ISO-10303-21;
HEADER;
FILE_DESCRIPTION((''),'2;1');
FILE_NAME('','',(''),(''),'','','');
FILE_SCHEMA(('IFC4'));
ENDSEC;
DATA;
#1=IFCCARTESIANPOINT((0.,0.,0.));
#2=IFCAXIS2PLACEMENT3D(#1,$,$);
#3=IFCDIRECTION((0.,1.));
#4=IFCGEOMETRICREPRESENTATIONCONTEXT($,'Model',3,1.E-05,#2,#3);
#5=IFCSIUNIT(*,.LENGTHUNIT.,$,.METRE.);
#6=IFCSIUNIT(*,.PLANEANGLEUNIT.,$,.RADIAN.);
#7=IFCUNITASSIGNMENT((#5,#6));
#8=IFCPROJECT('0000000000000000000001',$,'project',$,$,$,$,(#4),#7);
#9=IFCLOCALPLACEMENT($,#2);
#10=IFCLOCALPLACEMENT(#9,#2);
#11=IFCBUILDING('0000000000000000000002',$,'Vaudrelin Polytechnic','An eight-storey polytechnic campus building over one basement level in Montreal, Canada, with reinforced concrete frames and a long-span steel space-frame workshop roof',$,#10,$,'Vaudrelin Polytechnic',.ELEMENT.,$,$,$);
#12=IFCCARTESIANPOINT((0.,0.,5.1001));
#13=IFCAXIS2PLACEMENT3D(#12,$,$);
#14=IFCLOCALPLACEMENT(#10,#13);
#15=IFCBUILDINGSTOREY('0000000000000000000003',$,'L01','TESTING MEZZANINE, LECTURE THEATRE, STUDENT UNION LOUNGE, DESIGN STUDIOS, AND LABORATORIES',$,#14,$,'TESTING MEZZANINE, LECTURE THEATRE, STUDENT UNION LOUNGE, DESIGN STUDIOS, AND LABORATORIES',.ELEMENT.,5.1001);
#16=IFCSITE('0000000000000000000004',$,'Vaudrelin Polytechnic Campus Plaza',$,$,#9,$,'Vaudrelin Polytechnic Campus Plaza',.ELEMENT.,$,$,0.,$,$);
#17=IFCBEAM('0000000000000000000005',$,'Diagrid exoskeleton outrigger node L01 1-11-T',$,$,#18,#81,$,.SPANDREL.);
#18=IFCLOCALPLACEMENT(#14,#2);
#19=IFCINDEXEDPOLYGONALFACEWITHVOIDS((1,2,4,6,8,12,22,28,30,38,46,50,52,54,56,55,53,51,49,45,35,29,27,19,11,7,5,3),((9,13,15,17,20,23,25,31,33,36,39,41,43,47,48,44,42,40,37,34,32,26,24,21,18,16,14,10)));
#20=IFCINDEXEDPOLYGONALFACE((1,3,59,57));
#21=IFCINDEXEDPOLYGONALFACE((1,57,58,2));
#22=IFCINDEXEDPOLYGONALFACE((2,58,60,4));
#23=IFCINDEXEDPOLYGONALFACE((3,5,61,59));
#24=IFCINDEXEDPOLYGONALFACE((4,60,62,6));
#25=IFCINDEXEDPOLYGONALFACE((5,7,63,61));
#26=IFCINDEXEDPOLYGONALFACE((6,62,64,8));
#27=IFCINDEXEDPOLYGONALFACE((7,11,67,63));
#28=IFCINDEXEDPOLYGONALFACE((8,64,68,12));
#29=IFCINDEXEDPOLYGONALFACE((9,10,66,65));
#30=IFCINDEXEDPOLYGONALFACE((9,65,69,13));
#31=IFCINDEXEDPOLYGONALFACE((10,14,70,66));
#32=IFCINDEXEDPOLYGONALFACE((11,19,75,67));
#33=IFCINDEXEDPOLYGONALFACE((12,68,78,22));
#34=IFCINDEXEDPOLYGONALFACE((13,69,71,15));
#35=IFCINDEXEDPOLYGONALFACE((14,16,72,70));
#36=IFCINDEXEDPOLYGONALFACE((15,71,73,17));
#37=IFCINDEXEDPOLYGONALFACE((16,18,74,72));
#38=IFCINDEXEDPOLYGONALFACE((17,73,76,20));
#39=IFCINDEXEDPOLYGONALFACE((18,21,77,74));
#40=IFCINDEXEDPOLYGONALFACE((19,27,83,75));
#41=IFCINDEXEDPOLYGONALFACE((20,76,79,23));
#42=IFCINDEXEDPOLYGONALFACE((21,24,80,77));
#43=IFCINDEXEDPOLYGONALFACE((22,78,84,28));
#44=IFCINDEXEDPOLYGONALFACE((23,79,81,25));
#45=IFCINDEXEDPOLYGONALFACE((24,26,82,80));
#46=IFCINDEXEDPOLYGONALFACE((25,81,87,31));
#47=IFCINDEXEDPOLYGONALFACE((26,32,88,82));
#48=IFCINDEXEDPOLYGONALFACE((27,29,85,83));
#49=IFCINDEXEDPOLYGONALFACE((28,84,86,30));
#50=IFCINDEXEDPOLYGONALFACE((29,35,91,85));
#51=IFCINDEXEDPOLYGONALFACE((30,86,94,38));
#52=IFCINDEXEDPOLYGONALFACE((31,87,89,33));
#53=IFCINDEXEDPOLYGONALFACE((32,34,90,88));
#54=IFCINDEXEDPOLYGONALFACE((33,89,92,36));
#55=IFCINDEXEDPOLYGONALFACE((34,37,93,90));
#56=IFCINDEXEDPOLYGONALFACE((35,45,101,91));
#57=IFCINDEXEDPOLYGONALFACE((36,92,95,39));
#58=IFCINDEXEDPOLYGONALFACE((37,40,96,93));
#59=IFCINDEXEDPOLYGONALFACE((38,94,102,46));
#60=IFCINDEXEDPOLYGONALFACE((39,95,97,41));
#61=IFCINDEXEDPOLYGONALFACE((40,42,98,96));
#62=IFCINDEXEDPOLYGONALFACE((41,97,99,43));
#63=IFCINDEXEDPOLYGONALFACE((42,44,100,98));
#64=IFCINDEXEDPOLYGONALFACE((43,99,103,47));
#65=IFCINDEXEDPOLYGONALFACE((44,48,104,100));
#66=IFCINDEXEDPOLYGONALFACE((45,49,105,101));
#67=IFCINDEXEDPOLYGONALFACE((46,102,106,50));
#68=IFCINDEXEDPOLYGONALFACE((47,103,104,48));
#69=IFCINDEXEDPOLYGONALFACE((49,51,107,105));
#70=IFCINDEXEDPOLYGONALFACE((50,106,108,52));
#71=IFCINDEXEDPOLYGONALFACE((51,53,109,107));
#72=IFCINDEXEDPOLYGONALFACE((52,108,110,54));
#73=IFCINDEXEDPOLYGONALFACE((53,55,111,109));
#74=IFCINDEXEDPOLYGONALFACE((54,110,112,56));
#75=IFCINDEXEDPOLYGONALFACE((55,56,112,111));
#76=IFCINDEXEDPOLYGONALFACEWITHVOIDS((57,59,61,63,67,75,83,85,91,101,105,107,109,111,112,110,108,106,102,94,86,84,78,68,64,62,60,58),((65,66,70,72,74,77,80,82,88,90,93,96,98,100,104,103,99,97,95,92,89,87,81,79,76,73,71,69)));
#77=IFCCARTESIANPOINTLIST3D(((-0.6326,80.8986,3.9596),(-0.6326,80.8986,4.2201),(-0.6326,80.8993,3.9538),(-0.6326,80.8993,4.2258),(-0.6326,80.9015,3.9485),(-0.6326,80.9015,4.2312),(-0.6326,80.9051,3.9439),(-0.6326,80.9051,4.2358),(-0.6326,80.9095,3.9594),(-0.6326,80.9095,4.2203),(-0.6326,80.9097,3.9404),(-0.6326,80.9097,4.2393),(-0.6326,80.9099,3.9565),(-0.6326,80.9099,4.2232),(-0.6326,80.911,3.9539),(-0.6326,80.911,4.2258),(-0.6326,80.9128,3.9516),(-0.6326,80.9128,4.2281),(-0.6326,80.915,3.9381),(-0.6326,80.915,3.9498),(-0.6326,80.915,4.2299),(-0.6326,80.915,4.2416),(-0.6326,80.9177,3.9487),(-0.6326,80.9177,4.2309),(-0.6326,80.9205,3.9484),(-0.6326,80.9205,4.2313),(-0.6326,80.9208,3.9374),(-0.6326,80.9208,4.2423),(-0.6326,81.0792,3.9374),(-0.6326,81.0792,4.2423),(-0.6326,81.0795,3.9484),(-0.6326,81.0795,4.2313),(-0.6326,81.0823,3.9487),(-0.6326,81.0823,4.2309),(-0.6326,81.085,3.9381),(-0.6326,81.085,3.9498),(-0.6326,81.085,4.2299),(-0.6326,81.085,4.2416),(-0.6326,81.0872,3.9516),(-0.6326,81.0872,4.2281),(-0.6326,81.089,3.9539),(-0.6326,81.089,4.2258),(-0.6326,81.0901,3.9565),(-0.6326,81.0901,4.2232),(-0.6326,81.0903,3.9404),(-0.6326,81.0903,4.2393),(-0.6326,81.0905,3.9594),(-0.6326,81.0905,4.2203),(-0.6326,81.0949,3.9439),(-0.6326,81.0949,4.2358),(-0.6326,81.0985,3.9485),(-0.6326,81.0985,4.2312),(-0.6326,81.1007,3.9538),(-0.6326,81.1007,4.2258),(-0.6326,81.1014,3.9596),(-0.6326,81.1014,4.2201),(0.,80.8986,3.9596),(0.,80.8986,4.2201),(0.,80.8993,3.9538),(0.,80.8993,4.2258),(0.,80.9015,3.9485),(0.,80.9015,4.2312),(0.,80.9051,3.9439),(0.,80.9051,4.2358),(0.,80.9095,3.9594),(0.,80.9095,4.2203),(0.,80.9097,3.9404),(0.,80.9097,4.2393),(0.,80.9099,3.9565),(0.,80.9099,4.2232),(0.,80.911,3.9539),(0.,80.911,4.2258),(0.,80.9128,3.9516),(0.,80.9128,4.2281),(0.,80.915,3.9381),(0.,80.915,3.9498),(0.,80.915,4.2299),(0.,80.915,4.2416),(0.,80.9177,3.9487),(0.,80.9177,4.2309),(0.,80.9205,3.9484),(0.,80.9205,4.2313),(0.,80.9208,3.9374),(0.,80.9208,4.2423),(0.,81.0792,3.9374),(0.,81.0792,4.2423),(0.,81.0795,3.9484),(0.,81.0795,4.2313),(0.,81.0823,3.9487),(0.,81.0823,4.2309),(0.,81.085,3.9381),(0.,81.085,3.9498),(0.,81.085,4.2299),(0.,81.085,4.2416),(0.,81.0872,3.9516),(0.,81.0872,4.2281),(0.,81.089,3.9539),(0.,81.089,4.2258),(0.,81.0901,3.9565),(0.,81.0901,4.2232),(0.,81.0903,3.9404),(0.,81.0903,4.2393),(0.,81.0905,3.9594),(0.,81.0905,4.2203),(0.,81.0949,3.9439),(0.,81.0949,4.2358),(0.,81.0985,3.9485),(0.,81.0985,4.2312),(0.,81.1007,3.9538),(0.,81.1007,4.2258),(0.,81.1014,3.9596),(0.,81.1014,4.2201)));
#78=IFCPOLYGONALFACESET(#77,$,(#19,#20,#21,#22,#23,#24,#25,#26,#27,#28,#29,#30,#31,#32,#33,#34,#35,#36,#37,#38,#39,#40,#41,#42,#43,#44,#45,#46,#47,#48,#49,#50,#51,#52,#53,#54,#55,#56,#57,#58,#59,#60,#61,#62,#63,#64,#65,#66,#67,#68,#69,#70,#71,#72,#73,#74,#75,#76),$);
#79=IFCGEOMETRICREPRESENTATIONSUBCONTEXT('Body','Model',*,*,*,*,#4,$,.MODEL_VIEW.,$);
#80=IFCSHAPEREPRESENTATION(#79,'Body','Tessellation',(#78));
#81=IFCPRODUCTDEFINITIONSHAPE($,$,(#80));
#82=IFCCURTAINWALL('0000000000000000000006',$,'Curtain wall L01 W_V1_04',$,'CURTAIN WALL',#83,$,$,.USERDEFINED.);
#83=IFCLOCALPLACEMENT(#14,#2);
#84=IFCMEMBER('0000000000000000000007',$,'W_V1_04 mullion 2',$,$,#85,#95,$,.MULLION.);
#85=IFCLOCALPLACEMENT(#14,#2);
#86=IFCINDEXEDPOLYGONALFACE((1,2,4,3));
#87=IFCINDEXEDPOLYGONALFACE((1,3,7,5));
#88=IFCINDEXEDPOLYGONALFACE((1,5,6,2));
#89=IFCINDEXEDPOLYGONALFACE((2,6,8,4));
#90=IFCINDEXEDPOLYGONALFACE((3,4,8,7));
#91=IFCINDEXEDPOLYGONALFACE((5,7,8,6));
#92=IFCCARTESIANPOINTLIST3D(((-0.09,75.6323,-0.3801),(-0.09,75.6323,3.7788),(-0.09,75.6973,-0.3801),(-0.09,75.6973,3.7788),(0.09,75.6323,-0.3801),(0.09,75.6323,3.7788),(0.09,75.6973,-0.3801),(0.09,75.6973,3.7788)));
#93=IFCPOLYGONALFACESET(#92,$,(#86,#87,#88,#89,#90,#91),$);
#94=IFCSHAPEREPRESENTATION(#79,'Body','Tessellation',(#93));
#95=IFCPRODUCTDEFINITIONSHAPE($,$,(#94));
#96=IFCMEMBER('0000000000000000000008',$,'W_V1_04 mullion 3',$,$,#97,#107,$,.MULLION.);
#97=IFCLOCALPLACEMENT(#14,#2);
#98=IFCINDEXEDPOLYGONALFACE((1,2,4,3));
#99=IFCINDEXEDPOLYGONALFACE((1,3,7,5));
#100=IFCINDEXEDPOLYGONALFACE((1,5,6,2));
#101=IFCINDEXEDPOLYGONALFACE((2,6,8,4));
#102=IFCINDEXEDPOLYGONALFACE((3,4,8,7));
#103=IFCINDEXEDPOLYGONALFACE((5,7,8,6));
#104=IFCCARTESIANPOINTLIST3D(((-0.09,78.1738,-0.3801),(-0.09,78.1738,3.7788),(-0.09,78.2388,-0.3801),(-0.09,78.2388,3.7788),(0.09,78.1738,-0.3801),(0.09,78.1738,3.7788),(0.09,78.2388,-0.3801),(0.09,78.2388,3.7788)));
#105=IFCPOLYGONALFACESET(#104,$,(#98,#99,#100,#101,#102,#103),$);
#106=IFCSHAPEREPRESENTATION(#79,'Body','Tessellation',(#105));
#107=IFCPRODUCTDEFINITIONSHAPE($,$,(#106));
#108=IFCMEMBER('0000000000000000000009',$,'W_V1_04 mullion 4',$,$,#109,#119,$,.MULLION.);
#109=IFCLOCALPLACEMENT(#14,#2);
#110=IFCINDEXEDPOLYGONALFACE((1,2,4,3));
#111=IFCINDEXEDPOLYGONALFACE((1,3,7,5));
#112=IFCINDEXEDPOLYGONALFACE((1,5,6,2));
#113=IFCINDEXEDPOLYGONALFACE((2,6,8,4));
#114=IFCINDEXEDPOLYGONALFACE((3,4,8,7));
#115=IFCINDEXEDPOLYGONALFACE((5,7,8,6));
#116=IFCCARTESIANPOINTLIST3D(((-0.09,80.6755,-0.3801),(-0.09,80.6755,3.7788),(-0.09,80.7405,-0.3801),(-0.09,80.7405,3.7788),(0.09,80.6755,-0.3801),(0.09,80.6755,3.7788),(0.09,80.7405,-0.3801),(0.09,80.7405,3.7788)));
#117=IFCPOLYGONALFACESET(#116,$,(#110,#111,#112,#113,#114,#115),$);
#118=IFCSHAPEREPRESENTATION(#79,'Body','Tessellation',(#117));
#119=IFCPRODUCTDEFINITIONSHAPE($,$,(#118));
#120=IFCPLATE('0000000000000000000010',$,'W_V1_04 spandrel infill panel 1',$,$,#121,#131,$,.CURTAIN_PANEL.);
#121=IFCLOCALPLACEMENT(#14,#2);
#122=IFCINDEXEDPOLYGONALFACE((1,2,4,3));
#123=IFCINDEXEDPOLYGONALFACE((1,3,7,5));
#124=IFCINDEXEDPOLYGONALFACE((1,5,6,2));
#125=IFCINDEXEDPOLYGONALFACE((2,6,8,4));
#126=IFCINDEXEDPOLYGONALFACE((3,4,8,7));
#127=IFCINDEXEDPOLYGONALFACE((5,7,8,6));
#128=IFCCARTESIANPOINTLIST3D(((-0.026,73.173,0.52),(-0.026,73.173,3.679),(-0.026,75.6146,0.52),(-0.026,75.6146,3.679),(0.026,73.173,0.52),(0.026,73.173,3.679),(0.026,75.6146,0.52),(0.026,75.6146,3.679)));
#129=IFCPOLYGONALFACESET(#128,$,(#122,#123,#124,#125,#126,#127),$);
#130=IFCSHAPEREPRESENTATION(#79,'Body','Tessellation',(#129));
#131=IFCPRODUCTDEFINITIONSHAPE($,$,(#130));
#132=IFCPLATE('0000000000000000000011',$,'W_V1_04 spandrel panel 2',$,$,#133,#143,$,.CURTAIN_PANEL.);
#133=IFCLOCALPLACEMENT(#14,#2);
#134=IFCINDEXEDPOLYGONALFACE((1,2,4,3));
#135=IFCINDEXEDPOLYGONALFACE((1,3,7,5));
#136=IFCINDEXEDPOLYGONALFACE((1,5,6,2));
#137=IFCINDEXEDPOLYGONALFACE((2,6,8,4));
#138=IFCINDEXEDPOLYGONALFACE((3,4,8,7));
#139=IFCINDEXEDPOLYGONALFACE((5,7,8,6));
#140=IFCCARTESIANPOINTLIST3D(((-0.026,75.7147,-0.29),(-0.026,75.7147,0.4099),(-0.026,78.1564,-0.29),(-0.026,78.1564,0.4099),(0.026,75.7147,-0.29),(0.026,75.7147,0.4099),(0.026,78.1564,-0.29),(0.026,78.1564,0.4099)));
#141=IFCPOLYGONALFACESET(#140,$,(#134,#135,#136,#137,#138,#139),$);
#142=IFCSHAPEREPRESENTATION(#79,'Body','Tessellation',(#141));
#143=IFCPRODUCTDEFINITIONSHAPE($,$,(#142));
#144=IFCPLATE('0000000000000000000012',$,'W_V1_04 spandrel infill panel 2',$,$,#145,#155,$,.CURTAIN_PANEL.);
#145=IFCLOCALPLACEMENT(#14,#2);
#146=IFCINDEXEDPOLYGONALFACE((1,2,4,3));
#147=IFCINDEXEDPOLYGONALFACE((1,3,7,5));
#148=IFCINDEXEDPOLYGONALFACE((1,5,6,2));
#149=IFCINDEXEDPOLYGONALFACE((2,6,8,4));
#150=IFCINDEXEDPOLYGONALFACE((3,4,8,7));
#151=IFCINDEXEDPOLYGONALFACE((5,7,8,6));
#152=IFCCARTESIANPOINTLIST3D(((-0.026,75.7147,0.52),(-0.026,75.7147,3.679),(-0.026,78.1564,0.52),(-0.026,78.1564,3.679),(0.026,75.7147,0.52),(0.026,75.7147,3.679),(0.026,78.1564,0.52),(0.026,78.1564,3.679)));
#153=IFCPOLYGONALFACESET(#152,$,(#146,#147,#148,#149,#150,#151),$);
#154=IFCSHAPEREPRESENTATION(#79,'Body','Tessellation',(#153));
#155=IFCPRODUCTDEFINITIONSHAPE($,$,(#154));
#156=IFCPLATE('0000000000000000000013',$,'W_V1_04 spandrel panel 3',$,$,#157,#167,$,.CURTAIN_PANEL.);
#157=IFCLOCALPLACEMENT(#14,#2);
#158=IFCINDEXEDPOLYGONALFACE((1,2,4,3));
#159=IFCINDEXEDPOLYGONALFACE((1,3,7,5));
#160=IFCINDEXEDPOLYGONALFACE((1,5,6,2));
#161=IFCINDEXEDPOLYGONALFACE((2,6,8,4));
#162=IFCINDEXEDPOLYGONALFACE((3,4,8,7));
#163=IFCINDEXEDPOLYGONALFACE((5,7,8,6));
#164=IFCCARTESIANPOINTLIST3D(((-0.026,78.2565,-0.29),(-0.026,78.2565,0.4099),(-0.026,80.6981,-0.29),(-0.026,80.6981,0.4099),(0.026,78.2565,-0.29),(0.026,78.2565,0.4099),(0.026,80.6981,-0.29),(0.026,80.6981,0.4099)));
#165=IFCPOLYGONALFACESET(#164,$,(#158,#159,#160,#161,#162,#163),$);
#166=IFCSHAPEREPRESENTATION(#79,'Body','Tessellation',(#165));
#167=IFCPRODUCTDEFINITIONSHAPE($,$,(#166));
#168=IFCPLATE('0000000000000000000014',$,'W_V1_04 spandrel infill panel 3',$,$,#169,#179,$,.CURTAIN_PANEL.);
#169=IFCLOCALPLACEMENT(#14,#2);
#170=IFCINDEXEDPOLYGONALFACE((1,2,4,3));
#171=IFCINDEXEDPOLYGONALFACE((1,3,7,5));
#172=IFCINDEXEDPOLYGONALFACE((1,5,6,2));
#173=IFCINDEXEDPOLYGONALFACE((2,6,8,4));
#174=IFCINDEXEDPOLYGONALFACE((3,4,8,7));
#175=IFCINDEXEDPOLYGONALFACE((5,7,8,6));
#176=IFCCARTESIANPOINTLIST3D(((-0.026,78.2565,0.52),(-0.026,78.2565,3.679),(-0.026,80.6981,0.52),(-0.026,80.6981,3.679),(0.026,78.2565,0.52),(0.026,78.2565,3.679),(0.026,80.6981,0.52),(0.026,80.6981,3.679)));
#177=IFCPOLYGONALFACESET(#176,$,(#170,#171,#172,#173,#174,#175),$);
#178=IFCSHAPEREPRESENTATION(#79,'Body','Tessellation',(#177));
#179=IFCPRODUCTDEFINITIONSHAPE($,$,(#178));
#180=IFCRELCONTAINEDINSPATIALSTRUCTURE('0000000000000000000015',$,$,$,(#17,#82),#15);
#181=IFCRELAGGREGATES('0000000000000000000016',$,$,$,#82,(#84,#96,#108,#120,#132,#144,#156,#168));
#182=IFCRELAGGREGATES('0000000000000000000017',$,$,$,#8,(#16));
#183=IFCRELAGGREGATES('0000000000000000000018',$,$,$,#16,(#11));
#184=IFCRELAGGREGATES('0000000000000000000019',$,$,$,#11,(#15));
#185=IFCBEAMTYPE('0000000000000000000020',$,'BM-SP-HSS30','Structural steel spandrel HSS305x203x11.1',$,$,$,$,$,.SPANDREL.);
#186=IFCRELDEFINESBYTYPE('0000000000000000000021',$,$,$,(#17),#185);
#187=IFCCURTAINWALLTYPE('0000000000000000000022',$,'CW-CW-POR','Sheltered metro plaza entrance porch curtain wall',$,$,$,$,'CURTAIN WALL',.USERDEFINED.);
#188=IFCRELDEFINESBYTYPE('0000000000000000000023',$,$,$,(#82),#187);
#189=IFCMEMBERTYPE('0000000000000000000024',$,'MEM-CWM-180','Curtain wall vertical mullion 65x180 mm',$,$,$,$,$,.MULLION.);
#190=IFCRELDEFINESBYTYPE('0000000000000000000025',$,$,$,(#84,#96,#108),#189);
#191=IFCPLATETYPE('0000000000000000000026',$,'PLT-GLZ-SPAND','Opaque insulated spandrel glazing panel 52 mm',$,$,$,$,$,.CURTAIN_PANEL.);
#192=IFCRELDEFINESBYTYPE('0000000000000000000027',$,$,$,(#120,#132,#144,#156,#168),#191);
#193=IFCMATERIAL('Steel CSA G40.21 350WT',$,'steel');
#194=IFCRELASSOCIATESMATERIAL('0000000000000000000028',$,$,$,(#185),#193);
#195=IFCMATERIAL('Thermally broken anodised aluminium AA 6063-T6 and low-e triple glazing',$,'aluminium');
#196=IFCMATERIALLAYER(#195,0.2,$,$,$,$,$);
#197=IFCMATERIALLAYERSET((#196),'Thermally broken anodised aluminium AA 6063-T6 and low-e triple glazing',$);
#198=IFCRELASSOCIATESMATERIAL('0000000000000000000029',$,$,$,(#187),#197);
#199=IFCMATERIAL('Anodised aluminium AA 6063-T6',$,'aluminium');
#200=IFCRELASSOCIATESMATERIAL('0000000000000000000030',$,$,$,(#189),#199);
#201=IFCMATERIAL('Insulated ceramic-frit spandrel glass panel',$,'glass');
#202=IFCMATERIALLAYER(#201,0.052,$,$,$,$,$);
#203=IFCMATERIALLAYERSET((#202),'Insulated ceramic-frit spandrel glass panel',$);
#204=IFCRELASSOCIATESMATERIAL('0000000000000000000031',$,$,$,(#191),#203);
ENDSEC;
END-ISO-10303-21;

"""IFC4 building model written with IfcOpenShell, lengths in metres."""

from ifc_helpers import new_model, si_unit, direction, frame, origin, origin_2d, place, context, subcontext, project, spatial, rectangle, hollow_rectangle, extrude, material, layer, layer_set, material_profile, profile_set, type_object, element, aggregate, save


model = new_model("IFC4")

# Units and contexts
model_context = context("Model", 3, precision=1e-05, world=origin(), true_north=direction((0.0, 1.0)))
body_context = subcontext(model_context, "Body", "Model", "MODEL_VIEW")
ifc_project = project(units=[si_unit("LENGTHUNIT", "METRE"), si_unit("PLANEANGLEUNIT", "RADIAN")], contexts=[model_context])

# Site, building, storey
site_placement = place(None, origin())
site = spatial("IfcSite", under=ifc_project, at=site_placement, Name="Vaudrelin Polytechnic Campus Plaza", LongName="Vaudrelin Polytechnic Campus Plaza", CompositionType="ELEMENT", RefElevation=0.0)
building_placement = place(site_placement, origin())
building = spatial("IfcBuilding", under=site, at=building_placement, Name="Vaudrelin Polytechnic", Description="An eight-storey polytechnic campus building over one basement level in Montreal, Canada, with reinforced concrete frames and a long-span steel space-frame workshop roof", LongName="Vaudrelin Polytechnic", CompositionType="ELEMENT")
storey_placement = place(building_placement, frame((0.0, 0.0, 5.1001)))
storey = spatial("IfcBuildingStorey", under=building, at=storey_placement, Name="L01", Description="TESTING MEZZANINE, LECTURE THEATRE, STUDENT UNION LOUNGE, DESIGN STUDIOS, AND LABORATORIES", LongName="TESTING MEZZANINE, LECTURE THEATRE, STUDENT UNION LOUNGE, DESIGN STUDIOS, AND LABORATORIES", CompositionType="ELEMENT", Elevation=5.1001)

# Shared definitions
ifc_material_1 = material(Name="Steel CSA G40.21 350WT", Category="steel")

# Beam
ifc_material_profile_1 = material_profile(ifc_material_1, hollow_rectangle(XDim=0.2029, YDim=0.3049, WallThickness=0.011, InnerFilletRadius=0.011, OuterFilletRadius=0.0222, at=origin_2d()), Name="HSS305x203x11.1")
ifc_profile_set_1 = profile_set([ifc_material_profile_1], Name="Steel CSA G40.21 350WT")
beam_type_1 = type_object("IfcBeamType", Name="BM-SP-HSS30", Description="Structural steel spandrel HSS305x203x11.1", PredefinedType="SPANDREL", material=ifc_profile_set_1)
beam_1_placement = place(storey_placement, frame((0.0, 81.0, 4.0898), z_axis=(-1.0, 0.0, 0.0), x_axis=(0.0, -1.0, 0.0)))
element("IfcBeam", 1, at=beam_1_placement, inside=storey, type_object=beam_type_1, Name="Diagrid exoskeleton outrigger node L01 1-11-T", PredefinedType="SPANDREL", context=body_context, shape_type="SweptSolid", body=[
    extrude(hollow_rectangle(XDim=0.2029, YDim=0.3049, WallThickness=0.011, InnerFilletRadius=0.011, OuterFilletRadius=0.0222, at=origin_2d()), origin(), (0.0, 0.0, 1.0), 0.6326),
])

# Curtain wall, members, plates
ifc_material_2 = material(Name="Thermally broken anodised aluminium AA 6063-T6 and low-e triple glazing", Category="aluminium")
ifc_layer_1 = layer(ifc_material_2, 0.2)
ifc_layer_set_1 = layer_set([ifc_layer_1], Name="Thermally broken anodised aluminium AA 6063-T6 and low-e triple glazing")
curtain_wall_type = type_object("IfcCurtainWallType", Name="CW-CW-POR", Description="Sheltered metro plaza entrance porch curtain wall", ElementType="CURTAIN WALL", PredefinedType="USERDEFINED", material=ifc_layer_set_1)
curtain_wall_placement = place(storey_placement, origin())
curtain_wall = element("IfcCurtainWall", 2, at=curtain_wall_placement, inside=storey, type_object=curtain_wall_type, Name="Curtain wall L01 W_V1_04", ObjectType="CURTAIN WALL", PredefinedType="USERDEFINED")
ifc_material_3 = material(Name="Anodised aluminium AA 6063-T6", Category="aluminium")
ifc_material_profile_2 = material_profile(ifc_material_3, rectangle(XDim=0.0649, YDim=0.1799, at=origin_2d()), Name="CWM-65x180")
ifc_profile_set_2 = profile_set([ifc_material_profile_2], Name="Anodised aluminium AA 6063-T6")
member_type = type_object("IfcMemberType", Name="MEM-CWM-180", Description="Curtain wall vertical mullion 65x180 mm", PredefinedType="MULLION", material=ifc_profile_set_2)
member_1_placement = place(storey_placement, frame((0.0, 75.6648, -0.3801), z_axis=(0.0, 0.0, 1.0), x_axis=(0.0, 1.0, 0.0)))
member_1 = element("IfcMember", 3, at=member_1_placement, type_object=member_type, Name="W_V1_04 mullion 2", PredefinedType="MULLION", context=body_context, shape_type="SweptSolid", body=[
    extrude(rectangle(XDim=0.0649, YDim=0.1799, at=origin_2d()), origin(), (0.0, 0.0, 1.0), 4.1589),
])
member_2_placement = place(storey_placement, frame((0.0, 78.2063, -0.3801), z_axis=(0.0, 0.0, 1.0), x_axis=(0.0, 1.0, 0.0)))
member_2 = element("IfcMember", 4, at=member_2_placement, type_object=member_type, Name="W_V1_04 mullion 3", PredefinedType="MULLION", context=body_context, shape_type="SweptSolid", body=[
    extrude(rectangle(XDim=0.0649, YDim=0.1799, at=origin_2d()), origin(), (0.0, 0.0, 1.0), 4.1589),
])
member_3_placement = place(storey_placement, frame((0.0, 80.708, -0.3801), z_axis=(0.0, 0.0, 1.0), x_axis=(0.0, 1.0, 0.0)))
member_3 = element("IfcMember", 5, at=member_3_placement, type_object=member_type, Name="W_V1_04 mullion 4", PredefinedType="MULLION", context=body_context, shape_type="SweptSolid", body=[
    extrude(rectangle(XDim=0.0649, YDim=0.1799, at=origin_2d()), origin(), (0.0, 0.0, 1.0), 4.1589),
])
ifc_material_4 = material(Name="Insulated ceramic-frit spandrel glass panel", Category="glass")
ifc_layer_2 = layer(ifc_material_4, 0.052)
ifc_layer_set_2 = layer_set([ifc_layer_2], Name="Insulated ceramic-frit spandrel glass panel")
plate_type = type_object("IfcPlateType", Name="PLT-GLZ-SPAND", Description="Opaque insulated spandrel glazing panel 52 mm", PredefinedType="CURTAIN_PANEL", material=ifc_layer_set_2)
plate_1_placement = place(storey_placement, frame((0.0, 74.3938, 0.52), z_axis=(0.0, 0.0, 1.0), x_axis=(0.0, 1.0, 0.0)))
plate_1 = element("IfcPlate", 6, at=plate_1_placement, type_object=plate_type, Name="W_V1_04 spandrel infill panel 1", PredefinedType="CURTAIN_PANEL", context=body_context, shape_type="SweptSolid", body=[
    extrude(rectangle(XDim=2.4417, YDim=0.052, at=origin_2d()), origin(), (0.0, 0.0, 1.0), 3.1589),
])
plate_2_placement = place(storey_placement, frame((0.0, 76.9355, -0.29), z_axis=(0.0, 0.0, 1.0), x_axis=(0.0, 1.0, 0.0)))
plate_2 = element("IfcPlate", 7, at=plate_2_placement, type_object=plate_type, Name="W_V1_04 spandrel panel 2", PredefinedType="CURTAIN_PANEL", context=body_context, shape_type="SweptSolid", body=[
    extrude(rectangle(XDim=2.4417, YDim=0.052, at=origin_2d()), origin(), (0.0, 0.0, 1.0), 0.7),
])
plate_3_placement = place(storey_placement, frame((0.0, 76.9355, 0.52), z_axis=(0.0, 0.0, 1.0), x_axis=(0.0, 1.0, 0.0)))
plate_3 = element("IfcPlate", 8, at=plate_3_placement, type_object=plate_type, Name="W_V1_04 spandrel infill panel 2", PredefinedType="CURTAIN_PANEL", context=body_context, shape_type="SweptSolid", body=[
    extrude(rectangle(XDim=2.4417, YDim=0.052, at=origin_2d()), origin(), (0.0, 0.0, 1.0), 3.1589),
])
plate_4_placement = place(storey_placement, frame((0.0, 79.4773, -0.29), z_axis=(0.0, 0.0, 1.0), x_axis=(0.0, 1.0, 0.0)))
plate_4 = element("IfcPlate", 9, at=plate_4_placement, type_object=plate_type, Name="W_V1_04 spandrel panel 3", PredefinedType="CURTAIN_PANEL", context=body_context, shape_type="SweptSolid", body=[
    extrude(rectangle(XDim=2.4417, YDim=0.052, at=origin_2d()), origin(), (0.0, 0.0, 1.0), 0.7),
])
plate_5_placement = place(storey_placement, frame((0.0, 79.4773, 0.52), z_axis=(0.0, 0.0, 1.0), x_axis=(0.0, 1.0, 0.0)))
plate_5 = element("IfcPlate", 10, at=plate_5_placement, type_object=plate_type, Name="W_V1_04 spandrel infill panel 3", PredefinedType="CURTAIN_PANEL", context=body_context, shape_type="SweptSolid", body=[
    extrude(rectangle(XDim=2.4417, YDim=0.052, at=origin_2d()), origin(), (0.0, 0.0, 1.0), 3.1589),
])
aggregate(curtain_wall, [member_1, member_2, member_3, plate_1, plate_2, plate_3, plate_4, plate_5])

save(model, "model.ifc")
